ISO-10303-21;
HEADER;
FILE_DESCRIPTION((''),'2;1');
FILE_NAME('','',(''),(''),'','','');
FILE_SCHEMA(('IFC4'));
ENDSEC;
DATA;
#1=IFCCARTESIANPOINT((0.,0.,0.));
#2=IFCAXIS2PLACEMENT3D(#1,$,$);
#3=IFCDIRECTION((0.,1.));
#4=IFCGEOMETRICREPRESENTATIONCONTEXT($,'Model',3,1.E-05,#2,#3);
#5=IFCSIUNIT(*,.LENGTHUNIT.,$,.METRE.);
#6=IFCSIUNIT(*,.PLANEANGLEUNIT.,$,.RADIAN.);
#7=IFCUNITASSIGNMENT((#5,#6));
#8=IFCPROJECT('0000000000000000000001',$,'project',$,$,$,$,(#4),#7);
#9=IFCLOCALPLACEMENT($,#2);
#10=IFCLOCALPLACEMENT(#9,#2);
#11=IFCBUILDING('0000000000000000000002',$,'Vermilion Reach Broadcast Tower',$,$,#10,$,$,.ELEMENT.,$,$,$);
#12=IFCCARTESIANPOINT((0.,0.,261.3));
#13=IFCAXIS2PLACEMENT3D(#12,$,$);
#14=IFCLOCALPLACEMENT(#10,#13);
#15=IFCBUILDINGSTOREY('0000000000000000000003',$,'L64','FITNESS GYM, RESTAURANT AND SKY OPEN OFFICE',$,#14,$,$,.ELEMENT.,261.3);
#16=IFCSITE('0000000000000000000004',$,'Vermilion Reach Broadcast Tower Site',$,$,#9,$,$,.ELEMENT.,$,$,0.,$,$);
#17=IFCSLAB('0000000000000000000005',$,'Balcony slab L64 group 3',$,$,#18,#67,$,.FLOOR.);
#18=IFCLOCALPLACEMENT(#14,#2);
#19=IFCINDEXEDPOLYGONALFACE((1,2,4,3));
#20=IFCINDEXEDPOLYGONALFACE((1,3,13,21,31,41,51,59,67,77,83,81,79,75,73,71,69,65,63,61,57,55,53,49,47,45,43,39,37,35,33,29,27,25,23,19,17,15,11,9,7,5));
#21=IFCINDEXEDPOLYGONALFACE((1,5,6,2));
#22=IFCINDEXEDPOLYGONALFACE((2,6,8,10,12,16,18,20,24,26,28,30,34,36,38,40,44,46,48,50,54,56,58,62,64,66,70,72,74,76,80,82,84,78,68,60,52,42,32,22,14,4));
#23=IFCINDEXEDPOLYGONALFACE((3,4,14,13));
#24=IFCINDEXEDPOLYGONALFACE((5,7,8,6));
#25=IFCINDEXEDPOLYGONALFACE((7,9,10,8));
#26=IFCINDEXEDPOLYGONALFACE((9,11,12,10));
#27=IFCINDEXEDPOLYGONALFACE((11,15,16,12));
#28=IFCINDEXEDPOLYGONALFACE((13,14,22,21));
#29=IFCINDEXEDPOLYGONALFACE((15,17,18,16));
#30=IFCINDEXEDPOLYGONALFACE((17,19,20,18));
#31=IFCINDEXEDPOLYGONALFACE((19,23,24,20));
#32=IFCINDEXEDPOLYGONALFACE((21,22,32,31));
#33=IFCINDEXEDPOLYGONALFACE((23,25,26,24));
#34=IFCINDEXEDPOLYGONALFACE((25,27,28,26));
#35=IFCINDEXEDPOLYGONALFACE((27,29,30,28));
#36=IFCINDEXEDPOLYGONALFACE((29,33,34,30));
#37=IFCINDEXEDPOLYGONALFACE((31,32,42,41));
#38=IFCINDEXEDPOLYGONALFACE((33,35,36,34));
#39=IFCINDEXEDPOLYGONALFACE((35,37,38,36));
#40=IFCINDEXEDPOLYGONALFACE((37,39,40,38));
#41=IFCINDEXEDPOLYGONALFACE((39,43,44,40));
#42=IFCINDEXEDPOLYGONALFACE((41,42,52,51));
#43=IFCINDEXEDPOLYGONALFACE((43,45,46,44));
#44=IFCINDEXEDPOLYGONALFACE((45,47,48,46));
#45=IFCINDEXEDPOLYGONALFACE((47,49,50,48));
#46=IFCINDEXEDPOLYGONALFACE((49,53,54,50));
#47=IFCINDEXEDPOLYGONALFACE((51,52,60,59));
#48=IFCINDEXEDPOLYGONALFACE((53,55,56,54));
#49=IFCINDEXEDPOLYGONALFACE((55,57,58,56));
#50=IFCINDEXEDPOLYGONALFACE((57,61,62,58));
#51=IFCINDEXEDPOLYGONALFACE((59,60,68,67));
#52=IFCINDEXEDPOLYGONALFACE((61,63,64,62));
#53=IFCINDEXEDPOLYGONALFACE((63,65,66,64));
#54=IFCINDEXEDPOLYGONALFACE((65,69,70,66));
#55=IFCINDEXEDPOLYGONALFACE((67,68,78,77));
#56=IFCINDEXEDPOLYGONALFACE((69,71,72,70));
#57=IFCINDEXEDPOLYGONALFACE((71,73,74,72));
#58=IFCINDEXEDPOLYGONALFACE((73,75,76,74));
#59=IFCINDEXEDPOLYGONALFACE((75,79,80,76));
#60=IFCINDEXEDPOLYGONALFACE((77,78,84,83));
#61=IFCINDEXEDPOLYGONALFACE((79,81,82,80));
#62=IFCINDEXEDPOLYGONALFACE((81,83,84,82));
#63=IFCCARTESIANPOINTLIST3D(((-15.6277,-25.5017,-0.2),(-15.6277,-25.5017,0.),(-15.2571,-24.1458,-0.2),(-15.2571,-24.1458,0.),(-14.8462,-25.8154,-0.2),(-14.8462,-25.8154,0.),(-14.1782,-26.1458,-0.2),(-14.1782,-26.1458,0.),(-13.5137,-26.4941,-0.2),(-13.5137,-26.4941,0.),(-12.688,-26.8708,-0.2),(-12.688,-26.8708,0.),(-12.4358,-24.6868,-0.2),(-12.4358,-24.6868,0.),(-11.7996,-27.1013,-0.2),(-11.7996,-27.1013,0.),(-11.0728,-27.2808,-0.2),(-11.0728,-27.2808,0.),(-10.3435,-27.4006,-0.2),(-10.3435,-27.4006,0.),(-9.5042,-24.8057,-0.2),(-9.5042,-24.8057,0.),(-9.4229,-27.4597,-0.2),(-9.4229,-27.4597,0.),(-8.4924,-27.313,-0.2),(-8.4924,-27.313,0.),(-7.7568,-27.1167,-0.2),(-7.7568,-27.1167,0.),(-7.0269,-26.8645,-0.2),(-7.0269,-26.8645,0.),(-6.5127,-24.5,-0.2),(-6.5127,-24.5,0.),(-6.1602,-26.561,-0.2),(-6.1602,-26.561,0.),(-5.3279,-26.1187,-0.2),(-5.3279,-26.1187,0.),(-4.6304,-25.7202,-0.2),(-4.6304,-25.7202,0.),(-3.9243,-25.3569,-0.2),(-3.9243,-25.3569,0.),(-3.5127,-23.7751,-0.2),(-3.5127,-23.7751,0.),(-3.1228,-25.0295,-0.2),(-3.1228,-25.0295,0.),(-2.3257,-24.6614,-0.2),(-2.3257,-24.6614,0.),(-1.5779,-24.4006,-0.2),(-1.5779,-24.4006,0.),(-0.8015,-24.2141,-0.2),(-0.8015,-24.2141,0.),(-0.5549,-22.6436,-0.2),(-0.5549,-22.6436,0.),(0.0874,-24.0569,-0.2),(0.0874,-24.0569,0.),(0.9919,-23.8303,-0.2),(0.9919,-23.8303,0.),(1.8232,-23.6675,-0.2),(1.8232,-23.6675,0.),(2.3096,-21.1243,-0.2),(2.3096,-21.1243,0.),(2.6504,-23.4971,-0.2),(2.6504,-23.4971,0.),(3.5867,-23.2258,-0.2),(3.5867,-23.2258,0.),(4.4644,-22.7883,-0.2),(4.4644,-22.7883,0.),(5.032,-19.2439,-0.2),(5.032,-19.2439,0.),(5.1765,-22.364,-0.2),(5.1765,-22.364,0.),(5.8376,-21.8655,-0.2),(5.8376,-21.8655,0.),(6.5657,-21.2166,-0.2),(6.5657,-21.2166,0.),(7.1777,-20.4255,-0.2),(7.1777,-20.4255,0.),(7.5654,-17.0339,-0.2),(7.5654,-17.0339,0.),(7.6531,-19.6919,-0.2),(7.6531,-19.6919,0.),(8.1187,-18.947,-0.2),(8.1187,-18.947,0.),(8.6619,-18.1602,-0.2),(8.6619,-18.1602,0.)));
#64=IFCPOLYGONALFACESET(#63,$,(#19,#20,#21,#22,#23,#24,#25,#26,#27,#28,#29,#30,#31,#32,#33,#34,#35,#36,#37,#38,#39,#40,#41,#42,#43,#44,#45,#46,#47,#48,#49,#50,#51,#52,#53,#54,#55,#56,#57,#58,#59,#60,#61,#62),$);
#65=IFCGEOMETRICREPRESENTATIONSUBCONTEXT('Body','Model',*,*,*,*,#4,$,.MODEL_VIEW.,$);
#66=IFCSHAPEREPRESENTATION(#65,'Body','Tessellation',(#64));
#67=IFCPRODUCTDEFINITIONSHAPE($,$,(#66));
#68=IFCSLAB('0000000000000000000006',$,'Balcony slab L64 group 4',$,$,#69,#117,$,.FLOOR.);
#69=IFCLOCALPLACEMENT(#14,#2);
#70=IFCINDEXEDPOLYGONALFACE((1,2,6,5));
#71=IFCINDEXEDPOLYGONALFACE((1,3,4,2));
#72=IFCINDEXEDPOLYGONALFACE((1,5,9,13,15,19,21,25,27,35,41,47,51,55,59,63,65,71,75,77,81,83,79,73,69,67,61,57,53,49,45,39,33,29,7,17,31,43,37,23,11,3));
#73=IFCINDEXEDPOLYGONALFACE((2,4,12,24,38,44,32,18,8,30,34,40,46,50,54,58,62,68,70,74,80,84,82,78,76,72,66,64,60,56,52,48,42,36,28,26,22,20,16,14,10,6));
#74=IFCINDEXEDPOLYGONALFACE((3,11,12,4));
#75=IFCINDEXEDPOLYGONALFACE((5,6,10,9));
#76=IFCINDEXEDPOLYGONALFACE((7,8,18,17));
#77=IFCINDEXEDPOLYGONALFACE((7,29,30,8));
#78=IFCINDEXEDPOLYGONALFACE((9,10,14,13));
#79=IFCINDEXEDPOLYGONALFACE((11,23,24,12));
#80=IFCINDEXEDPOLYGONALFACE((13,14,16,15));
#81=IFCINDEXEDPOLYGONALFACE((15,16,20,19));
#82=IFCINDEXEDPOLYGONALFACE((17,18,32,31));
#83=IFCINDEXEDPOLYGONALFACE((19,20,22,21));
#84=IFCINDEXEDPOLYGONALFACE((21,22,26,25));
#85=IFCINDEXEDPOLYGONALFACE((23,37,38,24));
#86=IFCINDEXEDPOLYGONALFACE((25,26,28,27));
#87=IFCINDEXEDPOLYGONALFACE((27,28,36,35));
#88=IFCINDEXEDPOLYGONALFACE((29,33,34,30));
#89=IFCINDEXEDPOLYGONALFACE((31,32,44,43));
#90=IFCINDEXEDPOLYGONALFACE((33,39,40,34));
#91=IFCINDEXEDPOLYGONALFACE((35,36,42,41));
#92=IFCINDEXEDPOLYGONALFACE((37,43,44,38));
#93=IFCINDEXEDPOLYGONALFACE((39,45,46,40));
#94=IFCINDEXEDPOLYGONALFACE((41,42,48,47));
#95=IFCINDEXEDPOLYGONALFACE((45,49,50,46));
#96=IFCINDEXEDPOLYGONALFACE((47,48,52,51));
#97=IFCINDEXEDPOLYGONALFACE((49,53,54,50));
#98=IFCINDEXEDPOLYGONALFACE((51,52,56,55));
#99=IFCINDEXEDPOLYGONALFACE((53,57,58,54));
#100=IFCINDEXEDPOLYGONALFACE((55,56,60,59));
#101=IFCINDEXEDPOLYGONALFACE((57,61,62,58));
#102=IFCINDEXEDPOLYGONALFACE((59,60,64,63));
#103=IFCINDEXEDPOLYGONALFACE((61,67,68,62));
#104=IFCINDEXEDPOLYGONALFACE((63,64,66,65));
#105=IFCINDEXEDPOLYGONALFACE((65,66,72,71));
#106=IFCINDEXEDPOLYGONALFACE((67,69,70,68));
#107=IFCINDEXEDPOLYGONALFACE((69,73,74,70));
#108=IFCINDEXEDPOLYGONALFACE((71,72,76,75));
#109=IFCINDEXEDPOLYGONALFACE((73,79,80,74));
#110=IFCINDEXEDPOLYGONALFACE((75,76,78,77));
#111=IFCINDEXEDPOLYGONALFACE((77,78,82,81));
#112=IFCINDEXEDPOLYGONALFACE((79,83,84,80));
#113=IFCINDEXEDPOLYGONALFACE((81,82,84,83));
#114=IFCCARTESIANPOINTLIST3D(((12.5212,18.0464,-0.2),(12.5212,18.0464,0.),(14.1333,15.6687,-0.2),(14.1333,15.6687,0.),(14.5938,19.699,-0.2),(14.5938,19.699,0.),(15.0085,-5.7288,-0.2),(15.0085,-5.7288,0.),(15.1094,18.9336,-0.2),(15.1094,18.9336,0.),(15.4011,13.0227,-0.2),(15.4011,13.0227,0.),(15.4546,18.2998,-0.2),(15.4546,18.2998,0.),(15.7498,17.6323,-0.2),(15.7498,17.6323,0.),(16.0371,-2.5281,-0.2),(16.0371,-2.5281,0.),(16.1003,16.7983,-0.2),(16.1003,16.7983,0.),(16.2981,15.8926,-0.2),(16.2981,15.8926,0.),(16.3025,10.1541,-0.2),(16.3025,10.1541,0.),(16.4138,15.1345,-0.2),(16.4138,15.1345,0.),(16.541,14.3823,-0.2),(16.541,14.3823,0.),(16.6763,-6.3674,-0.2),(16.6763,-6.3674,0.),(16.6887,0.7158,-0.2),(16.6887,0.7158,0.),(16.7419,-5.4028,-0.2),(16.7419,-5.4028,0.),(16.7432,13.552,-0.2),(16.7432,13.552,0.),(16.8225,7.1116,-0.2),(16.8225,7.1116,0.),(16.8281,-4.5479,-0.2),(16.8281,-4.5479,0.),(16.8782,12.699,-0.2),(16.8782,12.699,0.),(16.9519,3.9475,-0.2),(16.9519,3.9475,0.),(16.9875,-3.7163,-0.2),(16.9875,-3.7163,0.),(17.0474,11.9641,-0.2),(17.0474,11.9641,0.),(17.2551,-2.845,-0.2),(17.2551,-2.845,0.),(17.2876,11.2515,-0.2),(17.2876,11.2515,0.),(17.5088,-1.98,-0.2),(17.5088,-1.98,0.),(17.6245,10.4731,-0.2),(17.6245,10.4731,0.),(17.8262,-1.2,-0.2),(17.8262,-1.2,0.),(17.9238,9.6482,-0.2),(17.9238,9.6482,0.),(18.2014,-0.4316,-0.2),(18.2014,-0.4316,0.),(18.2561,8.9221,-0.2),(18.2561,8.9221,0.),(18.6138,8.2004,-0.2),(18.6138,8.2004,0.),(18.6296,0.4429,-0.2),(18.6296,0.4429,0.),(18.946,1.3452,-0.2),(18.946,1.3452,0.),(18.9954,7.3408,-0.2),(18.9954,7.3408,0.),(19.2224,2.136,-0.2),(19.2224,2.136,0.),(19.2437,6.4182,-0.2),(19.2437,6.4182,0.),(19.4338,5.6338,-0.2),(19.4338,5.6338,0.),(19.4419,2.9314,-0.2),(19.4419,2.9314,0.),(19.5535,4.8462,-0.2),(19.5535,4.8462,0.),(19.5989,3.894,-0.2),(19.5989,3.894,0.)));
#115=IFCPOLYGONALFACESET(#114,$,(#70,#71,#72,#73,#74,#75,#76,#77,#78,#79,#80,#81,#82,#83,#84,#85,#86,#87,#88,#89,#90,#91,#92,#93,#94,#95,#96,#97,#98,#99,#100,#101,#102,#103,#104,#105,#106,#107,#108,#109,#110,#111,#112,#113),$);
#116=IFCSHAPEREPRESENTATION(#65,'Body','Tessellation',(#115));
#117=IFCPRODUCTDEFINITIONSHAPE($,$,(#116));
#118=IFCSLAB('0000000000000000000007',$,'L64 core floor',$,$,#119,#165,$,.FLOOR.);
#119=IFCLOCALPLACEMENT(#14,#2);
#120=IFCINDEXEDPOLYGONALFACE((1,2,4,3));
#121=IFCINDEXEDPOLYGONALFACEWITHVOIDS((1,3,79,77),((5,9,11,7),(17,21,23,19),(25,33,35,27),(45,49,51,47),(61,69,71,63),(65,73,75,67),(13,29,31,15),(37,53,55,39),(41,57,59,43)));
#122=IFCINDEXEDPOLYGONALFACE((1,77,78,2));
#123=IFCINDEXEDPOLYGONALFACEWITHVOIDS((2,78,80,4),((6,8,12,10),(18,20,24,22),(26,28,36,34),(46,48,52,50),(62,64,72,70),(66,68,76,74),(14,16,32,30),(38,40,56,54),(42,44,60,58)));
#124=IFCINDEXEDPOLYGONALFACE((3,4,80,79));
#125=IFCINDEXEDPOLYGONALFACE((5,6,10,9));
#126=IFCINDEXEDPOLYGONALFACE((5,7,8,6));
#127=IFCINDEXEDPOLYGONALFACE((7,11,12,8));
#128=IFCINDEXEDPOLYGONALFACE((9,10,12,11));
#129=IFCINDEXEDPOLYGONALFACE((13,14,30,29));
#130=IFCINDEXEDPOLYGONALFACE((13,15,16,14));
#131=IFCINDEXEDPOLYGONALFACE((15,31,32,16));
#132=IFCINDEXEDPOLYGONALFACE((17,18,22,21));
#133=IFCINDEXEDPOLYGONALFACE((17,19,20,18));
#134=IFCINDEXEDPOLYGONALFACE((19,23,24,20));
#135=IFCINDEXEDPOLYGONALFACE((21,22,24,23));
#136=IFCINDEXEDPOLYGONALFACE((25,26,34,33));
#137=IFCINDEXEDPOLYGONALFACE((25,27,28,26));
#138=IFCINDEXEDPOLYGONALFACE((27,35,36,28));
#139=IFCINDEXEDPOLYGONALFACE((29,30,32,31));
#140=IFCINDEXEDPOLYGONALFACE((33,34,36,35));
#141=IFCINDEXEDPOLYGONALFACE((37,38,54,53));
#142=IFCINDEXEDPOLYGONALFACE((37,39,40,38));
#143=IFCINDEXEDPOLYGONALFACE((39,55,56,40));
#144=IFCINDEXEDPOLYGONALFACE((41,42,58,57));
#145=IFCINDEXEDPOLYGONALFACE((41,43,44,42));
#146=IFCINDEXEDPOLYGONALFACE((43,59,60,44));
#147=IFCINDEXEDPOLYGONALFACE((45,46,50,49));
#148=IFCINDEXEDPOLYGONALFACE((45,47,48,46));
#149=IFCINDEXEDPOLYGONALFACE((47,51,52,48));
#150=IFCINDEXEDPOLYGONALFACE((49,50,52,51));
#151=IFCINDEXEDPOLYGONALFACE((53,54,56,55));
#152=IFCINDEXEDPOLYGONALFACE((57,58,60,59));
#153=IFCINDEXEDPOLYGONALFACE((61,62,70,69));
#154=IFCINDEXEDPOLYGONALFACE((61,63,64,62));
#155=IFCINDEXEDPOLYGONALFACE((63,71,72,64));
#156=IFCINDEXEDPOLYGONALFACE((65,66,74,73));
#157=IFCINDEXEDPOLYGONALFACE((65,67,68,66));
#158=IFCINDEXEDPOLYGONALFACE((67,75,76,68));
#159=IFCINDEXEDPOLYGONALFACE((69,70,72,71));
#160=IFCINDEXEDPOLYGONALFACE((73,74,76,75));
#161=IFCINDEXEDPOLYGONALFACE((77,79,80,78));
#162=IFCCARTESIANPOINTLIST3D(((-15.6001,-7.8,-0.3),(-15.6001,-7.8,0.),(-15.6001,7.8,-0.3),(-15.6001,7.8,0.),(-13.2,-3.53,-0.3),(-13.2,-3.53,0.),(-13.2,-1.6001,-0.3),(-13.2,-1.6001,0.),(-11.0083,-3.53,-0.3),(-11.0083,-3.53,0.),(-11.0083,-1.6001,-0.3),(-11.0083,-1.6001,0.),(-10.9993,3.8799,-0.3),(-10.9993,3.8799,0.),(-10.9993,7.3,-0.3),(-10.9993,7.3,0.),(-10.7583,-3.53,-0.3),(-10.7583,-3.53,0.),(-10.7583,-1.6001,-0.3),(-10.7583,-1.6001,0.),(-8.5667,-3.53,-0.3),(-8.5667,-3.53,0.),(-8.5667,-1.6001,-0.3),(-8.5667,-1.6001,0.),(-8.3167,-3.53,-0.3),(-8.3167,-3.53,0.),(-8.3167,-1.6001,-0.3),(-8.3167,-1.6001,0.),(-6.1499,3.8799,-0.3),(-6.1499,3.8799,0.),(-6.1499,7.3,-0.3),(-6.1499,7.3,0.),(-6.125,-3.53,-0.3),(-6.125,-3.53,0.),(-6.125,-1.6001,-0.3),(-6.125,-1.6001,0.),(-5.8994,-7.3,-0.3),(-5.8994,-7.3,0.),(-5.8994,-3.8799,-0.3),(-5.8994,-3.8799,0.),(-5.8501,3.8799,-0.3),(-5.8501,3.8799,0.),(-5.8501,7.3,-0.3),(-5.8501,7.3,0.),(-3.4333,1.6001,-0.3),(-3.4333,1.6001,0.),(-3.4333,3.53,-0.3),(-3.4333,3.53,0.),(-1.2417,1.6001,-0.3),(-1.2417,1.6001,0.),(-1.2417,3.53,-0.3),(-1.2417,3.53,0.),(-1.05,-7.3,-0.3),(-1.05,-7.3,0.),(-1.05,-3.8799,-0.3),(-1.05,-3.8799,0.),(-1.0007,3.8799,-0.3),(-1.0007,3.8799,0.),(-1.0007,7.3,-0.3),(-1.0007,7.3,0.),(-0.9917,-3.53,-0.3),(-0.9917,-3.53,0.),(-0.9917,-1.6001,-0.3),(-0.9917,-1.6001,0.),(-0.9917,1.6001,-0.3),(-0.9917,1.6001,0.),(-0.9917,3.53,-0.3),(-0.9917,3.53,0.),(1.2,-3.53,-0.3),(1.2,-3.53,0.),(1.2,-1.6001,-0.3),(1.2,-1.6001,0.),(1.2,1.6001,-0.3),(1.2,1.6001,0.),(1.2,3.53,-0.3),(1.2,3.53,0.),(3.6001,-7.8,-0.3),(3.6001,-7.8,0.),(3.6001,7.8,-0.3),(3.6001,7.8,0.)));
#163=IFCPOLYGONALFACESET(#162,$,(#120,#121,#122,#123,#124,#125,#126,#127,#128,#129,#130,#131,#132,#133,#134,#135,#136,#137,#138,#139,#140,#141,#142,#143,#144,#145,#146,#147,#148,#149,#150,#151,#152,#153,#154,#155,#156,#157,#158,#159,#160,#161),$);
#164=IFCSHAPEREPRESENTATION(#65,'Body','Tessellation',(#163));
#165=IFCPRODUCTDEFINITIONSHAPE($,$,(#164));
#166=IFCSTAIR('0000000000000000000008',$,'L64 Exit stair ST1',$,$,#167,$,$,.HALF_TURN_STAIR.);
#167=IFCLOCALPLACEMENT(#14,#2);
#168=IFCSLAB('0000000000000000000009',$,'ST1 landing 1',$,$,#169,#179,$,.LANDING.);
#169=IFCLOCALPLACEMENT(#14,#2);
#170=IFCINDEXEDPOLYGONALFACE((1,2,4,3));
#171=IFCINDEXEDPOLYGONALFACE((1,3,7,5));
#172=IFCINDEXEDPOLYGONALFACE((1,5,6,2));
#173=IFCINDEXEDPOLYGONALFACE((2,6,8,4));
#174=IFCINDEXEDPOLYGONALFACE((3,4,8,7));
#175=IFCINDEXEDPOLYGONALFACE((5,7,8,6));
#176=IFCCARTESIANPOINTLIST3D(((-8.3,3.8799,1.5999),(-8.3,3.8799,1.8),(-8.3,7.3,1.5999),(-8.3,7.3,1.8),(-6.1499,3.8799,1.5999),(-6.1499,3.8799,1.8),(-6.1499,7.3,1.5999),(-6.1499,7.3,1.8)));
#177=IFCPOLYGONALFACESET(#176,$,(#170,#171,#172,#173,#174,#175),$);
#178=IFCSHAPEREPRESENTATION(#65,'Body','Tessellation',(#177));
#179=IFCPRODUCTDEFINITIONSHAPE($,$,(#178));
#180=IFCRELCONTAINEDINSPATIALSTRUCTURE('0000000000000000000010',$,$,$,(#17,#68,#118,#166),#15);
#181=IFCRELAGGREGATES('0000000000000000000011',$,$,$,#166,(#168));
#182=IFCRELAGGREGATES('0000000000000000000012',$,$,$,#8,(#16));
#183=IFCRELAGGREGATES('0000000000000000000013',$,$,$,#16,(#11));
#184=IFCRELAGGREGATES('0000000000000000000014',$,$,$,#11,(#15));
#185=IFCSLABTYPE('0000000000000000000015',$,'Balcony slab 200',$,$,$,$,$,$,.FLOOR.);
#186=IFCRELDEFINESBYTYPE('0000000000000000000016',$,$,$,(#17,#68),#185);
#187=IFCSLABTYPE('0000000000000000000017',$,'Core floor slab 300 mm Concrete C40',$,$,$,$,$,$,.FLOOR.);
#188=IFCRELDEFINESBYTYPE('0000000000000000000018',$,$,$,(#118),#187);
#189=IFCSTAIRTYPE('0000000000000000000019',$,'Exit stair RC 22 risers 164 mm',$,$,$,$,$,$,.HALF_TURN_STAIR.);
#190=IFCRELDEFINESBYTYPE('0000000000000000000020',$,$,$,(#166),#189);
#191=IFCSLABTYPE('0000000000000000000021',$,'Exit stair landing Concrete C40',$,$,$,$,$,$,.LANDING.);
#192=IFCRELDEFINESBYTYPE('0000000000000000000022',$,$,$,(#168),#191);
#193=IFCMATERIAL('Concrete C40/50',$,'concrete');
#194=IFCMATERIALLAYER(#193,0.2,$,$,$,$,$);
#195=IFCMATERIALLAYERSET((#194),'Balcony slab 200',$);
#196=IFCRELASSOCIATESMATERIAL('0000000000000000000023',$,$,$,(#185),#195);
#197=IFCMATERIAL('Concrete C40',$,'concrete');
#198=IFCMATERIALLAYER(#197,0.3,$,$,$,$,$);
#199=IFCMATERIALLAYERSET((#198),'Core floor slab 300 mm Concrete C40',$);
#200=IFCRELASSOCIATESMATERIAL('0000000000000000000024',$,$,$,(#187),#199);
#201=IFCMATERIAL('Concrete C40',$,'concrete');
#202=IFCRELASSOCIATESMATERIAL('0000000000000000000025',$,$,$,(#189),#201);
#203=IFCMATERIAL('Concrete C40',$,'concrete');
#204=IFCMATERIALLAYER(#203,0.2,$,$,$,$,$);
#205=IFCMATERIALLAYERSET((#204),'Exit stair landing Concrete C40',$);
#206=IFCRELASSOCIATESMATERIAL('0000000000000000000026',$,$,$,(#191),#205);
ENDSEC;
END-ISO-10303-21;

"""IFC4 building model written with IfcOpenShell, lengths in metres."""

from ifc_helpers import new_model, si_unit, direction, frame, origin, place, context, subcontext, project, spatial, polyline, outline, extrude, material, layer, layer_set, type_object, element, aggregate, save


model = new_model("IFC4")

# Units and contexts
model_context = context("Model", 3, precision=1e-05, world=origin(), true_north=direction((0.0, 1.0)))
body_context = subcontext(model_context, "Body", "Model", "MODEL_VIEW")
ifc_project = project(units=[si_unit("LENGTHUNIT", "METRE"), si_unit("PLANEANGLEUNIT", "RADIAN")], contexts=[model_context])

# Site, building, storey
site_placement = place(None, origin())
site = spatial("IfcSite", under=ifc_project, at=site_placement, Name="Vermilion Reach Broadcast Tower Site", CompositionType="ELEMENT", RefElevation=0.0)
building_placement = place(site_placement, origin())
building = spatial("IfcBuilding", under=site, at=building_placement, Name="Vermilion Reach Broadcast Tower", CompositionType="ELEMENT")
storey_placement = place(building_placement, frame((0.0, 0.0, 261.3)))
storey = spatial("IfcBuildingStorey", under=building, at=storey_placement, Name="L64", Description="FITNESS GYM, RESTAURANT AND SKY OPEN OFFICE", CompositionType="ELEMENT", Elevation=261.3)

# Slabs
ifc_material_1 = material(Name="Concrete C40/50", Category="concrete")
ifc_layer_1 = layer(ifc_material_1, 0.2)
ifc_layer_set_1 = layer_set([ifc_layer_1], Name="Balcony slab 200")
slab_type_1 = type_object("IfcSlabType", Name="Balcony slab 200", PredefinedType="FLOOR", material=ifc_layer_set_1)
placement_1 = place(storey_placement, frame((0.0, 0.0, -0.2)))
element("IfcSlab", 1, at=placement_1, inside=storey, type_object=slab_type_1, Name="Balcony slab L64 group 3", PredefinedType="FLOOR", context=body_context, shape_type="SweptSolid", body=[
    extrude(outline(polyline([(-15.2571, -24.1458), (-12.4358, -24.6868), (-9.5042, -24.8057), (-6.5127, -24.5), (-3.5127, -23.7751), (-0.5549, -22.6436), (2.3096, -21.1243), (5.032, -19.2439), (7.5654, -17.0339), (8.6619, -18.1602), (8.1187, -18.947), (7.6531, -19.6919), (7.1777, -20.4255), (6.5657, -21.2166), (5.8376, -21.8655), (5.1765, -22.364), (4.4644, -22.7883), (3.5867, -23.2258), (2.6504, -23.4971), (1.8232, -23.6675), (0.9919, -23.8303), (0.0874, -24.0569), (-0.8015, -24.2141), (-1.5779, -24.4006), (-2.3257, -24.6614), (-3.1228, -25.0295), (-3.9243, -25.3569), (-4.6304, -25.7202), (-5.3279, -26.1187), (-6.1602, -26.561), (-7.0269, -26.8645), (-7.7568, -27.1167), (-8.4924, -27.313), (-9.4229, -27.4597), (-10.3435, -27.4006), (-11.0728, -27.2808), (-11.7996, -27.1013), (-12.688, -26.8708), (-13.5137, -26.4941), (-14.1782, -26.1458), (-14.8462, -25.8154), (-15.6277, -25.5017), (-15.2571, -24.1458)])), origin(), (0.0, 0.0, 1.0), 0.2),
])
element("IfcSlab", 2, at=placement_1, inside=storey, type_object=slab_type_1, Name="Balcony slab L64 group 4", PredefinedType="FLOOR", context=body_context, shape_type="SweptSolid", body=[
    extrude(outline(polyline([(15.0085, -5.7288), (16.0371, -2.5281), (16.6887, 0.7158), (16.9519, 3.9475), (16.8225, 7.1116), (16.3025, 10.1541), (15.4011, 13.0227), (14.1333, 15.6687), (12.5212, 18.0464), (14.5938, 19.699), (15.1094, 18.9336), (15.4546, 18.2998), (15.7498, 17.6323), (16.1003, 16.7983), (16.2981, 15.8926), (16.4138, 15.1345), (16.541, 14.3823), (16.7432, 13.552), (16.8782, 12.699), (17.0474, 11.9641), (17.2876, 11.2515), (17.6245, 10.4731), (17.9238, 9.6482), (18.2561, 8.9221), (18.6138, 8.2004), (18.9954, 7.3408), (19.2437, 6.4182), (19.4338, 5.6338), (19.5535, 4.8462), (19.5989, 3.894), (19.4419, 2.9314), (19.2224, 2.136), (18.946, 1.3452), (18.6296, 0.4429), (18.2014, -0.4316), (17.8262, -1.2), (17.5088, -1.98), (17.2551, -2.845), (16.9875, -3.7163), (16.8281, -4.5479), (16.7419, -5.4028), (16.6763, -6.3674), (15.0085, -5.7288)])), origin(), (0.0, 0.0, 1.0), 0.2),
])
ifc_material_2 = material(Name="Concrete C40", Category="concrete")
ifc_layer_2 = layer(ifc_material_2, 0.3)
ifc_layer_set_2 = layer_set([ifc_layer_2], Name="Core floor slab 300 mm Concrete C40")
slab_type_2 = type_object("IfcSlabType", Name="Core floor slab 300 mm Concrete C40", PredefinedType="FLOOR", material=ifc_layer_set_2)
slab_1_placement = place(storey_placement, frame((0.0, 0.0, -0.3)))
element("IfcSlab", 3, at=slab_1_placement, inside=storey, type_object=slab_type_2, Name="L64 core floor", PredefinedType="FLOOR", context=body_context, shape_type="SweptSolid", body=[
    extrude(outline(polyline([(-15.6001, -7.8), (3.6001, -7.8), (3.6001, 7.8), (-15.6001, 7.8), (-15.6001, -7.8)]), holes=[polyline([(-3.4333, 1.6001), (-1.2417, 1.6001), (-1.2417, 3.53), (-3.4333, 3.53), (-3.4333, 1.6001)]), polyline([(-0.9917, 1.6001), (1.2, 1.6001), (1.2, 3.53), (-0.9917, 3.53), (-0.9917, 1.6001)]), polyline([(-13.2, -3.53), (-11.0083, -3.53), (-11.0083, -1.6001), (-13.2, -1.6001), (-13.2, -3.53)]), polyline([(-10.7583, -3.53), (-8.5667, -3.53), (-8.5667, -1.6001), (-10.7583, -1.6001), (-10.7583, -3.53)]), polyline([(-8.3167, -3.53), (-6.125, -3.53), (-6.125, -1.6001), (-8.3167, -1.6001), (-8.3167, -3.53)]), polyline([(-0.9917, -3.53), (1.2, -3.53), (1.2, -1.6001), (-0.9917, -1.6001), (-0.9917, -3.53)]), polyline([(-10.9993, 3.8799), (-6.1499, 3.8799), (-6.1499, 7.3), (-10.9993, 7.3), (-10.9993, 3.8799)]), polyline([(-1.0007, 7.3), (-5.8501, 7.3), (-5.8501, 3.8799), (-1.0007, 3.8799), (-1.0007, 7.3)]), polyline([(-5.8994, -7.3), (-1.05, -7.3), (-1.05, -3.8799), (-5.8994, -3.8799), (-5.8994, -7.3)])]), origin(), (0.0, 0.0, 1.0), 0.3),
])

# Stair, slab
ifc_material_3 = material(Name="Concrete C40", Category="concrete")
stair_type = type_object("IfcStairType", Name="Exit stair RC 22 risers 164 mm", PredefinedType="HALF_TURN_STAIR", material=ifc_material_3)
placement_2 = place(storey_placement, origin())
stair_1 = element("IfcStair", 4, at=placement_2, inside=storey, type_object=stair_type, Name="L64 Exit stair ST1", PredefinedType="HALF_TURN_STAIR")
ifc_material_4 = material(Name="Concrete C40", Category="concrete")
ifc_layer_3 = layer(ifc_material_4, 0.2)
ifc_layer_set_3 = layer_set([ifc_layer_3], Name="Exit stair landing Concrete C40")
slab_type_3 = type_object("IfcSlabType", Name="Exit stair landing Concrete C40", PredefinedType="LANDING", material=ifc_layer_set_3)
slab_2_placement = place(storey_placement, frame((0.0, 0.0, 1.5999)))
slab_2 = element("IfcSlab", 5, at=slab_2_placement, type_object=slab_type_3, Name="ST1 landing 1", PredefinedType="LANDING", context=body_context, shape_type="SweptSolid", body=[
    extrude(outline(polyline([(-8.3, 3.8799), (-6.1499, 3.8799), (-6.1499, 7.3), (-8.3, 7.3), (-8.3, 3.8799)])), origin(), (0.0, 0.0, 1.0), 0.2002),
])
aggregate(stair_1, [slab_2])

save(model, "model.ifc")
